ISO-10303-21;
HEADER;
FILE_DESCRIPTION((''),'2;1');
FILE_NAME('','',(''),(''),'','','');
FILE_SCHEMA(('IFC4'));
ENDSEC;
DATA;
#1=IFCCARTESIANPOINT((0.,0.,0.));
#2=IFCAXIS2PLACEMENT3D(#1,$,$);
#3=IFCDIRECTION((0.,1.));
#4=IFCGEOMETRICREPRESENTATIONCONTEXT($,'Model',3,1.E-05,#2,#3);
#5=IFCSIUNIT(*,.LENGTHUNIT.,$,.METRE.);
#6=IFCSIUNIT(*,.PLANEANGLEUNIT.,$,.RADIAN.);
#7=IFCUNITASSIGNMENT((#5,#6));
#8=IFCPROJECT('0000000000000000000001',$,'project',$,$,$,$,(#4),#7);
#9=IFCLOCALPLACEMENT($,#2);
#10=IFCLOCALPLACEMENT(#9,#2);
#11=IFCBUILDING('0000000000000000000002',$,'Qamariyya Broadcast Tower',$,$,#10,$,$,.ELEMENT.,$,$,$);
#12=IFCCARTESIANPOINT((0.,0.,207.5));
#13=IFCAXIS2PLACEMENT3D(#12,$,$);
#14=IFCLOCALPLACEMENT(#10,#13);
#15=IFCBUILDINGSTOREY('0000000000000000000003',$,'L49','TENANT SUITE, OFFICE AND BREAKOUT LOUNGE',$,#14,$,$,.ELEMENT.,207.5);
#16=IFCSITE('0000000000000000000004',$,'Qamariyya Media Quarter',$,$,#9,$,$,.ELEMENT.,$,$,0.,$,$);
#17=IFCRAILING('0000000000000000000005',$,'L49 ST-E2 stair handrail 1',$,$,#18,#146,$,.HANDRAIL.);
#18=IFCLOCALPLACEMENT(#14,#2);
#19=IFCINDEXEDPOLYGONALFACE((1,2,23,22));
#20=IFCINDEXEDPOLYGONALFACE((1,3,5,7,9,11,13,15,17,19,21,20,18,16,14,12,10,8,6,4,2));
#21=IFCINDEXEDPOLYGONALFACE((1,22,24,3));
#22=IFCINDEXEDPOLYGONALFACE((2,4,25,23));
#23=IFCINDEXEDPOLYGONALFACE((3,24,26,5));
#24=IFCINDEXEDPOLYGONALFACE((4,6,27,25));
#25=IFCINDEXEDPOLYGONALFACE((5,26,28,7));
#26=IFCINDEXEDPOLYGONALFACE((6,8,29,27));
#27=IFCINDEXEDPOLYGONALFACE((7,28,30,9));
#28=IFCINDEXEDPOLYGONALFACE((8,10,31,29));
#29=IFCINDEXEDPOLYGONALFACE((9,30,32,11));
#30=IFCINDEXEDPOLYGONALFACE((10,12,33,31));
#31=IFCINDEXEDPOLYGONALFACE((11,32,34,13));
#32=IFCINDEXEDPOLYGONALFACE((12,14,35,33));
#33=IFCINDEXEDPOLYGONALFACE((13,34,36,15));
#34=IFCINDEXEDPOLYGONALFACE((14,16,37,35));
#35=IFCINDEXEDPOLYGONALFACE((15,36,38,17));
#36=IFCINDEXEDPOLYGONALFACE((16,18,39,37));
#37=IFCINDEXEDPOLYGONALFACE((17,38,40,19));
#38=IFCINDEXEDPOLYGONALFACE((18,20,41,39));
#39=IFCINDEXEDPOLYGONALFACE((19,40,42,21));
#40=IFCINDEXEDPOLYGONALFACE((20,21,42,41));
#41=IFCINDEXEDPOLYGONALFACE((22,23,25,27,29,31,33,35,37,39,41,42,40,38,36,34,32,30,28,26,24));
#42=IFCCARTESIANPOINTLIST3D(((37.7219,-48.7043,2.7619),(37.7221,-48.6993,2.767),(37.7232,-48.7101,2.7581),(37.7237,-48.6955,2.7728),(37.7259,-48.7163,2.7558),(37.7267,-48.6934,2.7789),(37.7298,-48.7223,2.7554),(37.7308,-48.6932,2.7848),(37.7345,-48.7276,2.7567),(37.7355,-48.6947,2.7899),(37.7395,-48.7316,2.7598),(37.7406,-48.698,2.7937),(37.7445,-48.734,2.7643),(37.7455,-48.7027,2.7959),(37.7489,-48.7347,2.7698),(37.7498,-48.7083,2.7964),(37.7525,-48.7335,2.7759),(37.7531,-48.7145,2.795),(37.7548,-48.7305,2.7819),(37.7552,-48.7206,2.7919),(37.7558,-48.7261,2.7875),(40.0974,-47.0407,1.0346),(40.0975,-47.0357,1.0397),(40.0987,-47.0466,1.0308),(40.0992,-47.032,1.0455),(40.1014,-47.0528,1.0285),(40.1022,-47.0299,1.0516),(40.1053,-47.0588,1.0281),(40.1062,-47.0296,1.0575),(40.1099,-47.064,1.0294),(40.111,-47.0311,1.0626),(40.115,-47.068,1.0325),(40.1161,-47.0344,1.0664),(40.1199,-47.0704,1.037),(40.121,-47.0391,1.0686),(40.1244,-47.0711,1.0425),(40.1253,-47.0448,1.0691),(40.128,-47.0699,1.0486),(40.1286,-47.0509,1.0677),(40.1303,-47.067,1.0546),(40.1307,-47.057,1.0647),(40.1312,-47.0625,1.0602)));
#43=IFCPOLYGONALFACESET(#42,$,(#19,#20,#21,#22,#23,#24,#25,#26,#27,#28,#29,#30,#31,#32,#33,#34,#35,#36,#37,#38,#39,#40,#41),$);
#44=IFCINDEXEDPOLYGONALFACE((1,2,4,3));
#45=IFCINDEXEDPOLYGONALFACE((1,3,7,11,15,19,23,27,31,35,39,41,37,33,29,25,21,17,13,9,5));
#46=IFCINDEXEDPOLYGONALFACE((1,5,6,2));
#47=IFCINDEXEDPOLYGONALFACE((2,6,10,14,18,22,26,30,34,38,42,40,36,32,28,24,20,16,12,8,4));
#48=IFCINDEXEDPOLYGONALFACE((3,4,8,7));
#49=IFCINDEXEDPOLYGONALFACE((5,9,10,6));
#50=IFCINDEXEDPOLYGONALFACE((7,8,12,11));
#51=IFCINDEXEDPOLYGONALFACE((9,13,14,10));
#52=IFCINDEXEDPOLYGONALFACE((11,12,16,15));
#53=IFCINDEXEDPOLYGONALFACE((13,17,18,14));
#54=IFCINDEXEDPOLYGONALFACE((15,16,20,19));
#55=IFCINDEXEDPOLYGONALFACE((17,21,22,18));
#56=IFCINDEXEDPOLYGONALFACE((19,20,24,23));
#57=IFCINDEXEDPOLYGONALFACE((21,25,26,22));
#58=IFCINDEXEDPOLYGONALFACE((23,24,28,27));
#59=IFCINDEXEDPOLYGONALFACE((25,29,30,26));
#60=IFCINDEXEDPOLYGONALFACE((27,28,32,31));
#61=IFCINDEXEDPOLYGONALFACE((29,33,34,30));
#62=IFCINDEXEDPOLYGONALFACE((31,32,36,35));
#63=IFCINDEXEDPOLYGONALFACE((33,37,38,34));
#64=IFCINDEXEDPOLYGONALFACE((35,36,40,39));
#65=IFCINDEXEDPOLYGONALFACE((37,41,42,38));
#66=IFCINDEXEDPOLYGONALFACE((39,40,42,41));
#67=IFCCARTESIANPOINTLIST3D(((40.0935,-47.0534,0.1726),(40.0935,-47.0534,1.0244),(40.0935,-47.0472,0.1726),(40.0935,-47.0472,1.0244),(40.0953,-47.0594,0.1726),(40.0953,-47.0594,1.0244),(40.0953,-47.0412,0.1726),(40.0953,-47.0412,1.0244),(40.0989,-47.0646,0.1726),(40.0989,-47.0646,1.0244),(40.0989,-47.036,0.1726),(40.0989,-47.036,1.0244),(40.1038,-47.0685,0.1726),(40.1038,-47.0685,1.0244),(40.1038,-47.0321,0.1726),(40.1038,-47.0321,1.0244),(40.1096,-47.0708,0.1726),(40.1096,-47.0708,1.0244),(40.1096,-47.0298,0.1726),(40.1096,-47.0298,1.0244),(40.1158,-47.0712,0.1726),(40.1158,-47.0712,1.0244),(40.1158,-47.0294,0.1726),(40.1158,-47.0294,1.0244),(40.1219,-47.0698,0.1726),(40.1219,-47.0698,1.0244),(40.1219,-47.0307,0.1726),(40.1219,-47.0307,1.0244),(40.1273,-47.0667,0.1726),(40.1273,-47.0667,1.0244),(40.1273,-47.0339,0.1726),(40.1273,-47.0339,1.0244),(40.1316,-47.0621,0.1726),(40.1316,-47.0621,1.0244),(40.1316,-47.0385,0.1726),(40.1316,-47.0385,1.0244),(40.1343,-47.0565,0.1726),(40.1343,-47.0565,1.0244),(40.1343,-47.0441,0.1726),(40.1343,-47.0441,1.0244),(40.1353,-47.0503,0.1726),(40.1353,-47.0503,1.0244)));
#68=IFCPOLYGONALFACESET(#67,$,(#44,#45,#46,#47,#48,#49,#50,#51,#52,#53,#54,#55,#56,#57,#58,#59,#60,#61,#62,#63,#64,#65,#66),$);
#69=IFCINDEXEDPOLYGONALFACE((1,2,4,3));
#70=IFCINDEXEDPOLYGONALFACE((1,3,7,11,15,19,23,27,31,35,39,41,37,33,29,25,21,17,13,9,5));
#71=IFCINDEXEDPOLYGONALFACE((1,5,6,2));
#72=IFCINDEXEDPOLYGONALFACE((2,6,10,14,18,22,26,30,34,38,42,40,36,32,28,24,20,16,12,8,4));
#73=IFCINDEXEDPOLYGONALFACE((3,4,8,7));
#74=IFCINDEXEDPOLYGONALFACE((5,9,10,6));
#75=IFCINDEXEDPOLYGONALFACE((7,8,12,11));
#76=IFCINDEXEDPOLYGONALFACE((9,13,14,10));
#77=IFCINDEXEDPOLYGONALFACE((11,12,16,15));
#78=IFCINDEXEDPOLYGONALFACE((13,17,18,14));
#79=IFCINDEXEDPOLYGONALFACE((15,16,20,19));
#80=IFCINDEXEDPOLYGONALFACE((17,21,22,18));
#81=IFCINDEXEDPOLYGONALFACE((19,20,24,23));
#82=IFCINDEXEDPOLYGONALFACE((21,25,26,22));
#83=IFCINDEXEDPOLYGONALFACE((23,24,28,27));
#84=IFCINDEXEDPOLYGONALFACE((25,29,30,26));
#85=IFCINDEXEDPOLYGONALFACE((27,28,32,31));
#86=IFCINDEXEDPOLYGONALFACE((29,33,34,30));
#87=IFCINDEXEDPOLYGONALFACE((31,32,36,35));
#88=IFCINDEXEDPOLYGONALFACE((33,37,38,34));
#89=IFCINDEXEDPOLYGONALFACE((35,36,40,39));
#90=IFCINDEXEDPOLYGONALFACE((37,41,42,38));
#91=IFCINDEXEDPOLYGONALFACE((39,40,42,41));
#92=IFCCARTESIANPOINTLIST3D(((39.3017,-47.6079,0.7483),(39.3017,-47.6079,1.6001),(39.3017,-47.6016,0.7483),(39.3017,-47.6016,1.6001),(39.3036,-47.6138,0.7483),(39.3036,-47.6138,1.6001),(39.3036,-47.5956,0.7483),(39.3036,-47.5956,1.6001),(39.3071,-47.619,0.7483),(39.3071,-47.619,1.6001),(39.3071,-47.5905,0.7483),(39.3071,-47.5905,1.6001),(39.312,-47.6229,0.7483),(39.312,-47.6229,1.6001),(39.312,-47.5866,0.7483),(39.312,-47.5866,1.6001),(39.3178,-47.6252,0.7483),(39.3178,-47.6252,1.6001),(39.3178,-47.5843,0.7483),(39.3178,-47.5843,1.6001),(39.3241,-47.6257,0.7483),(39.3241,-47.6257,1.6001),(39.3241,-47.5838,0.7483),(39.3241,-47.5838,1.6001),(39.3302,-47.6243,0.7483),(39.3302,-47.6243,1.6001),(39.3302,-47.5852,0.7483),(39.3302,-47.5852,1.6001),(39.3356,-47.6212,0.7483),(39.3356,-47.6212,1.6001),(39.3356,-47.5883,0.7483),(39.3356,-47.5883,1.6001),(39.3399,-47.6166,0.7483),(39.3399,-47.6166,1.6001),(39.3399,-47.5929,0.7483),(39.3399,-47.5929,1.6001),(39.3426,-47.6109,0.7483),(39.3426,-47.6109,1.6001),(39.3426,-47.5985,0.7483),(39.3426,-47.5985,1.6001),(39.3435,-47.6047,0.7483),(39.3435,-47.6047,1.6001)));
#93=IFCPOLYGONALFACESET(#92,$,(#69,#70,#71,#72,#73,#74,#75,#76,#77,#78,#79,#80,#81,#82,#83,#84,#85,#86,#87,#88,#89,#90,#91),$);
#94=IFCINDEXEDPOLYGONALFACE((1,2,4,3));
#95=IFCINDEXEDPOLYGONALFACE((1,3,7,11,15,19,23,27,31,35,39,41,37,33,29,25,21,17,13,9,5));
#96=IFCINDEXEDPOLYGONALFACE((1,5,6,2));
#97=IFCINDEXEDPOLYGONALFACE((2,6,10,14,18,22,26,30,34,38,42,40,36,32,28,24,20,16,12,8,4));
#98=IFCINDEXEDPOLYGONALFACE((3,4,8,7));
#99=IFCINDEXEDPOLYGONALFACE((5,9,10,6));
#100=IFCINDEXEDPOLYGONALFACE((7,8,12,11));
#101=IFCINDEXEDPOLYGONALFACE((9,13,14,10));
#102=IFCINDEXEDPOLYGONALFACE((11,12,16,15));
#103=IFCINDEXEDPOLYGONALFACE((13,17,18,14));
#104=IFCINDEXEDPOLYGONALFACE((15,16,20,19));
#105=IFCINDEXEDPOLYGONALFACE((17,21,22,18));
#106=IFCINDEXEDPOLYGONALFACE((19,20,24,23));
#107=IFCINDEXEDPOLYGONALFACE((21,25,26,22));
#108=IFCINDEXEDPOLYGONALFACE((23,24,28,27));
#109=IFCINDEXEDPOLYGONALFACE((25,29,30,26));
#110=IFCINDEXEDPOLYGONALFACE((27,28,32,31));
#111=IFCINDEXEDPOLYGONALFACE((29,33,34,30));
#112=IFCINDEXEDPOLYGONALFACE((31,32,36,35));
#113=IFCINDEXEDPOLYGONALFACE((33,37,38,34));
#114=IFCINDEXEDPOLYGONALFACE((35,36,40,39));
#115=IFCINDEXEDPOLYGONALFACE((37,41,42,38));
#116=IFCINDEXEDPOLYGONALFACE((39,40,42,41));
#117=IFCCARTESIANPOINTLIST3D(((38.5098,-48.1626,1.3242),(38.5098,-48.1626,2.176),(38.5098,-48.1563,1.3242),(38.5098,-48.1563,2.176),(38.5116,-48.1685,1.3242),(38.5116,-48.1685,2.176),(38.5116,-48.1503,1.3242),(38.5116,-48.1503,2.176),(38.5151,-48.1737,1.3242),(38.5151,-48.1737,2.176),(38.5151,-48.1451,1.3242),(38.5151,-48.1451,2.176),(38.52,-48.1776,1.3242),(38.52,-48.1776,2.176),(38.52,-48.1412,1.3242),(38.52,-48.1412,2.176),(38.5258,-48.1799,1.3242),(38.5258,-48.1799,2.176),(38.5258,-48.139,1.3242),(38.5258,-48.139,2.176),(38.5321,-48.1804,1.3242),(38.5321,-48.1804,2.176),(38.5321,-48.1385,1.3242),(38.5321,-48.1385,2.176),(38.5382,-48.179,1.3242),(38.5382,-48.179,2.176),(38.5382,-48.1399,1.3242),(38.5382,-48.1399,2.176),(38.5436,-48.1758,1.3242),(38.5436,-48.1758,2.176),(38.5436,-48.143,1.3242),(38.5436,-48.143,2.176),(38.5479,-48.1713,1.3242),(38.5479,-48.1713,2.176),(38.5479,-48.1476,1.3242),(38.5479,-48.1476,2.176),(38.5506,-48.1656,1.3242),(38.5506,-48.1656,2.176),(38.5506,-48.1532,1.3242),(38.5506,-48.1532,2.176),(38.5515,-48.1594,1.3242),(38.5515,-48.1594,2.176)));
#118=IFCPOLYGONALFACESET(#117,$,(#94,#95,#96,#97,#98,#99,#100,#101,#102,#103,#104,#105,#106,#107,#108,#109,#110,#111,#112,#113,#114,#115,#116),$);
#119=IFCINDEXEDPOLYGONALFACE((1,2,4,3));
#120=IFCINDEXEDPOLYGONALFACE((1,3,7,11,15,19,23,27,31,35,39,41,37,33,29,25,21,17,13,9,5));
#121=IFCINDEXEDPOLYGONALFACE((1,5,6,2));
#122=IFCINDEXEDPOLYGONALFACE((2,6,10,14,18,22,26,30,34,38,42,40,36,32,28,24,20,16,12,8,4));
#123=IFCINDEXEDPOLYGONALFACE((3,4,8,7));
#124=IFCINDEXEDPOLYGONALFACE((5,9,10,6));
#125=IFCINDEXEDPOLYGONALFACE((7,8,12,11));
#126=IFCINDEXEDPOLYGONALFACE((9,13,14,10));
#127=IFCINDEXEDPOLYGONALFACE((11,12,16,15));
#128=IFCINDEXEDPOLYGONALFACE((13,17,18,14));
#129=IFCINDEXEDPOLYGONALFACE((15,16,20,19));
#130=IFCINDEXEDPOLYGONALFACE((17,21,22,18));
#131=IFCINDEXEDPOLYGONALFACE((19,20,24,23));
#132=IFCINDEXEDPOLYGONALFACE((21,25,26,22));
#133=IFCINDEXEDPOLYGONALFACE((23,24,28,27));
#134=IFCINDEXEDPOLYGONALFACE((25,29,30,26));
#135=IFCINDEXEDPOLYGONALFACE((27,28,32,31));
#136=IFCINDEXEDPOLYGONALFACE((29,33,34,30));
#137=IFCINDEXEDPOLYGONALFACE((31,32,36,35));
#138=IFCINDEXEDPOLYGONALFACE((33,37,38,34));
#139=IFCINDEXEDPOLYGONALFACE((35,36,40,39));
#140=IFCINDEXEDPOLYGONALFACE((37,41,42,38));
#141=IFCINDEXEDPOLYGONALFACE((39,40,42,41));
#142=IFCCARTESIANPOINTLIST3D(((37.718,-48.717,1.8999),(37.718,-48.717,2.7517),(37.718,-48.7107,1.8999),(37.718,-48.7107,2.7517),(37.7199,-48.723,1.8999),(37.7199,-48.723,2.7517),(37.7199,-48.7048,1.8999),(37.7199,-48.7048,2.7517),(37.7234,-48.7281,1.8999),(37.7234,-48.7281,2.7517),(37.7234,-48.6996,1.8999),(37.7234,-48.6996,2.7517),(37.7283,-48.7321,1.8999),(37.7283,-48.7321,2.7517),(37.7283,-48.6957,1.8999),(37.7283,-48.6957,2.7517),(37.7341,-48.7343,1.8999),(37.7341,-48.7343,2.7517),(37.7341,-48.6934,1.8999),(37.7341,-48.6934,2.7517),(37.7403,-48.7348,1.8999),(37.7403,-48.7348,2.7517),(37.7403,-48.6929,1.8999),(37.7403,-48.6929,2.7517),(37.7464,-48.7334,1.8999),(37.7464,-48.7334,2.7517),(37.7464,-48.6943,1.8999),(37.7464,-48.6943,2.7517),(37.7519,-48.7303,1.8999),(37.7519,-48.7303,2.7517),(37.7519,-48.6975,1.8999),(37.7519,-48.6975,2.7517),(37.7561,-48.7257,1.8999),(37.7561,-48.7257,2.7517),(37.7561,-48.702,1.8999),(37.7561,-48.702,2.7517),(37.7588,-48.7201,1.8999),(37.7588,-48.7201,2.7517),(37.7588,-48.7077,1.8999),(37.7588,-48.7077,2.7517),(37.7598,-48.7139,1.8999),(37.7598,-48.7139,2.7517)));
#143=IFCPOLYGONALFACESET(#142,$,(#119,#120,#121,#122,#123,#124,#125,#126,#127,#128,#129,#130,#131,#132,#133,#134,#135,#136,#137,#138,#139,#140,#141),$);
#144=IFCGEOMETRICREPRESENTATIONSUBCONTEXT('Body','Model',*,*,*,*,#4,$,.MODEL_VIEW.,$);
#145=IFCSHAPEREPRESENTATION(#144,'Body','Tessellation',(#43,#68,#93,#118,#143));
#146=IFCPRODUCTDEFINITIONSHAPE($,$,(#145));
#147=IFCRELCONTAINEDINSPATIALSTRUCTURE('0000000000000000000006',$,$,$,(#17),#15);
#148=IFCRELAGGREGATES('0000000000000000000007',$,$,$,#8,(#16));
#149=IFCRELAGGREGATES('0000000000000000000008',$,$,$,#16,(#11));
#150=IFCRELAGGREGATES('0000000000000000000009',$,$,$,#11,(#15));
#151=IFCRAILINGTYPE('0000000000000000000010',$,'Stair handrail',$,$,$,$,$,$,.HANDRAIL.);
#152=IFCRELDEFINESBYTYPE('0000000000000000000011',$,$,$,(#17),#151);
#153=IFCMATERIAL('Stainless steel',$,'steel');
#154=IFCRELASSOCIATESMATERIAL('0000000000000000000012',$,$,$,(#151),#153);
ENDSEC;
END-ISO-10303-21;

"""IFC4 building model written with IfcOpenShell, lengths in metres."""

from ifc_helpers import new_model, si_unit, direction, frame, origin, origin_2d, place, context, subcontext, project, spatial, circle, extrude, material, type_object, element, save


model = new_model("IFC4")

# Units and contexts
model_context = context("Model", 3, precision=1e-05, world=origin(), true_north=direction((0.0, 1.0)))
body_context = subcontext(model_context, "Body", "Model", "MODEL_VIEW")
ifc_project = project(units=[si_unit("LENGTHUNIT", "METRE"), si_unit("PLANEANGLEUNIT", "RADIAN")], contexts=[model_context])

# Site, building, storey
site_placement = place(None, origin())
site = spatial("IfcSite", under=ifc_project, at=site_placement, Name="Qamariyya Media Quarter", CompositionType="ELEMENT", RefElevation=0.0)
building_placement = place(site_placement, origin())
building = spatial("IfcBuilding", under=site, at=building_placement, Name="Qamariyya Broadcast Tower", CompositionType="ELEMENT")
storey_placement = place(building_placement, frame((0.0, 0.0, 207.5)))
storey = spatial("IfcBuildingStorey", under=building, at=storey_placement, Name="L49", Description="TENANT SUITE, OFFICE AND BREAKOUT LOUNGE", CompositionType="ELEMENT", Elevation=207.5)

# Railing
ifc_material_1 = material(Name="Stainless steel", Category="steel")
railing_type_1 = type_object("IfcRailingType", Name="Stair handrail", PredefinedType="HANDRAIL", material=ifc_material_1)
railing_1_placement = place(storey_placement, frame((40.1143, -47.0503, 0.1726)))
element("IfcRailing", 1, at=railing_1_placement, inside=storey, type_object=railing_type_1, Name="L49 ST-E2 stair handrail 1", PredefinedType="HANDRAIL", context=body_context, shape_type="SweptSolid", body=[
    extrude(circle(Radius=0.0239, at=origin_2d()), frame((0.0, 0.0, 0.876), z_axis=(-0.703745, -0.492838, 0.511716), x_axis=(0.573632, -0.819113, 0.0)), (0.0, 0.0, 1.0), 3.3755),
    extrude(circle(Radius=0.021, at=origin_2d()), origin(), (0.0, 0.0, 1.0), 0.8518),
    extrude(circle(Radius=0.021, at=origin_2d()), frame((-0.7917, -0.5544, 0.5757)), (0.0, 0.0, 1.0), 0.8518),
    extrude(circle(Radius=0.021, at=origin_2d()), frame((-1.5837, -1.1091, 1.1516)), (0.0, 0.0, 1.0), 0.8518),
    extrude(circle(Radius=0.021, at=origin_2d()), frame((-2.3755, -1.6636, 1.7273)), (0.0, 0.0, 1.0), 0.8518),
])

save(model, "model.ifc")
